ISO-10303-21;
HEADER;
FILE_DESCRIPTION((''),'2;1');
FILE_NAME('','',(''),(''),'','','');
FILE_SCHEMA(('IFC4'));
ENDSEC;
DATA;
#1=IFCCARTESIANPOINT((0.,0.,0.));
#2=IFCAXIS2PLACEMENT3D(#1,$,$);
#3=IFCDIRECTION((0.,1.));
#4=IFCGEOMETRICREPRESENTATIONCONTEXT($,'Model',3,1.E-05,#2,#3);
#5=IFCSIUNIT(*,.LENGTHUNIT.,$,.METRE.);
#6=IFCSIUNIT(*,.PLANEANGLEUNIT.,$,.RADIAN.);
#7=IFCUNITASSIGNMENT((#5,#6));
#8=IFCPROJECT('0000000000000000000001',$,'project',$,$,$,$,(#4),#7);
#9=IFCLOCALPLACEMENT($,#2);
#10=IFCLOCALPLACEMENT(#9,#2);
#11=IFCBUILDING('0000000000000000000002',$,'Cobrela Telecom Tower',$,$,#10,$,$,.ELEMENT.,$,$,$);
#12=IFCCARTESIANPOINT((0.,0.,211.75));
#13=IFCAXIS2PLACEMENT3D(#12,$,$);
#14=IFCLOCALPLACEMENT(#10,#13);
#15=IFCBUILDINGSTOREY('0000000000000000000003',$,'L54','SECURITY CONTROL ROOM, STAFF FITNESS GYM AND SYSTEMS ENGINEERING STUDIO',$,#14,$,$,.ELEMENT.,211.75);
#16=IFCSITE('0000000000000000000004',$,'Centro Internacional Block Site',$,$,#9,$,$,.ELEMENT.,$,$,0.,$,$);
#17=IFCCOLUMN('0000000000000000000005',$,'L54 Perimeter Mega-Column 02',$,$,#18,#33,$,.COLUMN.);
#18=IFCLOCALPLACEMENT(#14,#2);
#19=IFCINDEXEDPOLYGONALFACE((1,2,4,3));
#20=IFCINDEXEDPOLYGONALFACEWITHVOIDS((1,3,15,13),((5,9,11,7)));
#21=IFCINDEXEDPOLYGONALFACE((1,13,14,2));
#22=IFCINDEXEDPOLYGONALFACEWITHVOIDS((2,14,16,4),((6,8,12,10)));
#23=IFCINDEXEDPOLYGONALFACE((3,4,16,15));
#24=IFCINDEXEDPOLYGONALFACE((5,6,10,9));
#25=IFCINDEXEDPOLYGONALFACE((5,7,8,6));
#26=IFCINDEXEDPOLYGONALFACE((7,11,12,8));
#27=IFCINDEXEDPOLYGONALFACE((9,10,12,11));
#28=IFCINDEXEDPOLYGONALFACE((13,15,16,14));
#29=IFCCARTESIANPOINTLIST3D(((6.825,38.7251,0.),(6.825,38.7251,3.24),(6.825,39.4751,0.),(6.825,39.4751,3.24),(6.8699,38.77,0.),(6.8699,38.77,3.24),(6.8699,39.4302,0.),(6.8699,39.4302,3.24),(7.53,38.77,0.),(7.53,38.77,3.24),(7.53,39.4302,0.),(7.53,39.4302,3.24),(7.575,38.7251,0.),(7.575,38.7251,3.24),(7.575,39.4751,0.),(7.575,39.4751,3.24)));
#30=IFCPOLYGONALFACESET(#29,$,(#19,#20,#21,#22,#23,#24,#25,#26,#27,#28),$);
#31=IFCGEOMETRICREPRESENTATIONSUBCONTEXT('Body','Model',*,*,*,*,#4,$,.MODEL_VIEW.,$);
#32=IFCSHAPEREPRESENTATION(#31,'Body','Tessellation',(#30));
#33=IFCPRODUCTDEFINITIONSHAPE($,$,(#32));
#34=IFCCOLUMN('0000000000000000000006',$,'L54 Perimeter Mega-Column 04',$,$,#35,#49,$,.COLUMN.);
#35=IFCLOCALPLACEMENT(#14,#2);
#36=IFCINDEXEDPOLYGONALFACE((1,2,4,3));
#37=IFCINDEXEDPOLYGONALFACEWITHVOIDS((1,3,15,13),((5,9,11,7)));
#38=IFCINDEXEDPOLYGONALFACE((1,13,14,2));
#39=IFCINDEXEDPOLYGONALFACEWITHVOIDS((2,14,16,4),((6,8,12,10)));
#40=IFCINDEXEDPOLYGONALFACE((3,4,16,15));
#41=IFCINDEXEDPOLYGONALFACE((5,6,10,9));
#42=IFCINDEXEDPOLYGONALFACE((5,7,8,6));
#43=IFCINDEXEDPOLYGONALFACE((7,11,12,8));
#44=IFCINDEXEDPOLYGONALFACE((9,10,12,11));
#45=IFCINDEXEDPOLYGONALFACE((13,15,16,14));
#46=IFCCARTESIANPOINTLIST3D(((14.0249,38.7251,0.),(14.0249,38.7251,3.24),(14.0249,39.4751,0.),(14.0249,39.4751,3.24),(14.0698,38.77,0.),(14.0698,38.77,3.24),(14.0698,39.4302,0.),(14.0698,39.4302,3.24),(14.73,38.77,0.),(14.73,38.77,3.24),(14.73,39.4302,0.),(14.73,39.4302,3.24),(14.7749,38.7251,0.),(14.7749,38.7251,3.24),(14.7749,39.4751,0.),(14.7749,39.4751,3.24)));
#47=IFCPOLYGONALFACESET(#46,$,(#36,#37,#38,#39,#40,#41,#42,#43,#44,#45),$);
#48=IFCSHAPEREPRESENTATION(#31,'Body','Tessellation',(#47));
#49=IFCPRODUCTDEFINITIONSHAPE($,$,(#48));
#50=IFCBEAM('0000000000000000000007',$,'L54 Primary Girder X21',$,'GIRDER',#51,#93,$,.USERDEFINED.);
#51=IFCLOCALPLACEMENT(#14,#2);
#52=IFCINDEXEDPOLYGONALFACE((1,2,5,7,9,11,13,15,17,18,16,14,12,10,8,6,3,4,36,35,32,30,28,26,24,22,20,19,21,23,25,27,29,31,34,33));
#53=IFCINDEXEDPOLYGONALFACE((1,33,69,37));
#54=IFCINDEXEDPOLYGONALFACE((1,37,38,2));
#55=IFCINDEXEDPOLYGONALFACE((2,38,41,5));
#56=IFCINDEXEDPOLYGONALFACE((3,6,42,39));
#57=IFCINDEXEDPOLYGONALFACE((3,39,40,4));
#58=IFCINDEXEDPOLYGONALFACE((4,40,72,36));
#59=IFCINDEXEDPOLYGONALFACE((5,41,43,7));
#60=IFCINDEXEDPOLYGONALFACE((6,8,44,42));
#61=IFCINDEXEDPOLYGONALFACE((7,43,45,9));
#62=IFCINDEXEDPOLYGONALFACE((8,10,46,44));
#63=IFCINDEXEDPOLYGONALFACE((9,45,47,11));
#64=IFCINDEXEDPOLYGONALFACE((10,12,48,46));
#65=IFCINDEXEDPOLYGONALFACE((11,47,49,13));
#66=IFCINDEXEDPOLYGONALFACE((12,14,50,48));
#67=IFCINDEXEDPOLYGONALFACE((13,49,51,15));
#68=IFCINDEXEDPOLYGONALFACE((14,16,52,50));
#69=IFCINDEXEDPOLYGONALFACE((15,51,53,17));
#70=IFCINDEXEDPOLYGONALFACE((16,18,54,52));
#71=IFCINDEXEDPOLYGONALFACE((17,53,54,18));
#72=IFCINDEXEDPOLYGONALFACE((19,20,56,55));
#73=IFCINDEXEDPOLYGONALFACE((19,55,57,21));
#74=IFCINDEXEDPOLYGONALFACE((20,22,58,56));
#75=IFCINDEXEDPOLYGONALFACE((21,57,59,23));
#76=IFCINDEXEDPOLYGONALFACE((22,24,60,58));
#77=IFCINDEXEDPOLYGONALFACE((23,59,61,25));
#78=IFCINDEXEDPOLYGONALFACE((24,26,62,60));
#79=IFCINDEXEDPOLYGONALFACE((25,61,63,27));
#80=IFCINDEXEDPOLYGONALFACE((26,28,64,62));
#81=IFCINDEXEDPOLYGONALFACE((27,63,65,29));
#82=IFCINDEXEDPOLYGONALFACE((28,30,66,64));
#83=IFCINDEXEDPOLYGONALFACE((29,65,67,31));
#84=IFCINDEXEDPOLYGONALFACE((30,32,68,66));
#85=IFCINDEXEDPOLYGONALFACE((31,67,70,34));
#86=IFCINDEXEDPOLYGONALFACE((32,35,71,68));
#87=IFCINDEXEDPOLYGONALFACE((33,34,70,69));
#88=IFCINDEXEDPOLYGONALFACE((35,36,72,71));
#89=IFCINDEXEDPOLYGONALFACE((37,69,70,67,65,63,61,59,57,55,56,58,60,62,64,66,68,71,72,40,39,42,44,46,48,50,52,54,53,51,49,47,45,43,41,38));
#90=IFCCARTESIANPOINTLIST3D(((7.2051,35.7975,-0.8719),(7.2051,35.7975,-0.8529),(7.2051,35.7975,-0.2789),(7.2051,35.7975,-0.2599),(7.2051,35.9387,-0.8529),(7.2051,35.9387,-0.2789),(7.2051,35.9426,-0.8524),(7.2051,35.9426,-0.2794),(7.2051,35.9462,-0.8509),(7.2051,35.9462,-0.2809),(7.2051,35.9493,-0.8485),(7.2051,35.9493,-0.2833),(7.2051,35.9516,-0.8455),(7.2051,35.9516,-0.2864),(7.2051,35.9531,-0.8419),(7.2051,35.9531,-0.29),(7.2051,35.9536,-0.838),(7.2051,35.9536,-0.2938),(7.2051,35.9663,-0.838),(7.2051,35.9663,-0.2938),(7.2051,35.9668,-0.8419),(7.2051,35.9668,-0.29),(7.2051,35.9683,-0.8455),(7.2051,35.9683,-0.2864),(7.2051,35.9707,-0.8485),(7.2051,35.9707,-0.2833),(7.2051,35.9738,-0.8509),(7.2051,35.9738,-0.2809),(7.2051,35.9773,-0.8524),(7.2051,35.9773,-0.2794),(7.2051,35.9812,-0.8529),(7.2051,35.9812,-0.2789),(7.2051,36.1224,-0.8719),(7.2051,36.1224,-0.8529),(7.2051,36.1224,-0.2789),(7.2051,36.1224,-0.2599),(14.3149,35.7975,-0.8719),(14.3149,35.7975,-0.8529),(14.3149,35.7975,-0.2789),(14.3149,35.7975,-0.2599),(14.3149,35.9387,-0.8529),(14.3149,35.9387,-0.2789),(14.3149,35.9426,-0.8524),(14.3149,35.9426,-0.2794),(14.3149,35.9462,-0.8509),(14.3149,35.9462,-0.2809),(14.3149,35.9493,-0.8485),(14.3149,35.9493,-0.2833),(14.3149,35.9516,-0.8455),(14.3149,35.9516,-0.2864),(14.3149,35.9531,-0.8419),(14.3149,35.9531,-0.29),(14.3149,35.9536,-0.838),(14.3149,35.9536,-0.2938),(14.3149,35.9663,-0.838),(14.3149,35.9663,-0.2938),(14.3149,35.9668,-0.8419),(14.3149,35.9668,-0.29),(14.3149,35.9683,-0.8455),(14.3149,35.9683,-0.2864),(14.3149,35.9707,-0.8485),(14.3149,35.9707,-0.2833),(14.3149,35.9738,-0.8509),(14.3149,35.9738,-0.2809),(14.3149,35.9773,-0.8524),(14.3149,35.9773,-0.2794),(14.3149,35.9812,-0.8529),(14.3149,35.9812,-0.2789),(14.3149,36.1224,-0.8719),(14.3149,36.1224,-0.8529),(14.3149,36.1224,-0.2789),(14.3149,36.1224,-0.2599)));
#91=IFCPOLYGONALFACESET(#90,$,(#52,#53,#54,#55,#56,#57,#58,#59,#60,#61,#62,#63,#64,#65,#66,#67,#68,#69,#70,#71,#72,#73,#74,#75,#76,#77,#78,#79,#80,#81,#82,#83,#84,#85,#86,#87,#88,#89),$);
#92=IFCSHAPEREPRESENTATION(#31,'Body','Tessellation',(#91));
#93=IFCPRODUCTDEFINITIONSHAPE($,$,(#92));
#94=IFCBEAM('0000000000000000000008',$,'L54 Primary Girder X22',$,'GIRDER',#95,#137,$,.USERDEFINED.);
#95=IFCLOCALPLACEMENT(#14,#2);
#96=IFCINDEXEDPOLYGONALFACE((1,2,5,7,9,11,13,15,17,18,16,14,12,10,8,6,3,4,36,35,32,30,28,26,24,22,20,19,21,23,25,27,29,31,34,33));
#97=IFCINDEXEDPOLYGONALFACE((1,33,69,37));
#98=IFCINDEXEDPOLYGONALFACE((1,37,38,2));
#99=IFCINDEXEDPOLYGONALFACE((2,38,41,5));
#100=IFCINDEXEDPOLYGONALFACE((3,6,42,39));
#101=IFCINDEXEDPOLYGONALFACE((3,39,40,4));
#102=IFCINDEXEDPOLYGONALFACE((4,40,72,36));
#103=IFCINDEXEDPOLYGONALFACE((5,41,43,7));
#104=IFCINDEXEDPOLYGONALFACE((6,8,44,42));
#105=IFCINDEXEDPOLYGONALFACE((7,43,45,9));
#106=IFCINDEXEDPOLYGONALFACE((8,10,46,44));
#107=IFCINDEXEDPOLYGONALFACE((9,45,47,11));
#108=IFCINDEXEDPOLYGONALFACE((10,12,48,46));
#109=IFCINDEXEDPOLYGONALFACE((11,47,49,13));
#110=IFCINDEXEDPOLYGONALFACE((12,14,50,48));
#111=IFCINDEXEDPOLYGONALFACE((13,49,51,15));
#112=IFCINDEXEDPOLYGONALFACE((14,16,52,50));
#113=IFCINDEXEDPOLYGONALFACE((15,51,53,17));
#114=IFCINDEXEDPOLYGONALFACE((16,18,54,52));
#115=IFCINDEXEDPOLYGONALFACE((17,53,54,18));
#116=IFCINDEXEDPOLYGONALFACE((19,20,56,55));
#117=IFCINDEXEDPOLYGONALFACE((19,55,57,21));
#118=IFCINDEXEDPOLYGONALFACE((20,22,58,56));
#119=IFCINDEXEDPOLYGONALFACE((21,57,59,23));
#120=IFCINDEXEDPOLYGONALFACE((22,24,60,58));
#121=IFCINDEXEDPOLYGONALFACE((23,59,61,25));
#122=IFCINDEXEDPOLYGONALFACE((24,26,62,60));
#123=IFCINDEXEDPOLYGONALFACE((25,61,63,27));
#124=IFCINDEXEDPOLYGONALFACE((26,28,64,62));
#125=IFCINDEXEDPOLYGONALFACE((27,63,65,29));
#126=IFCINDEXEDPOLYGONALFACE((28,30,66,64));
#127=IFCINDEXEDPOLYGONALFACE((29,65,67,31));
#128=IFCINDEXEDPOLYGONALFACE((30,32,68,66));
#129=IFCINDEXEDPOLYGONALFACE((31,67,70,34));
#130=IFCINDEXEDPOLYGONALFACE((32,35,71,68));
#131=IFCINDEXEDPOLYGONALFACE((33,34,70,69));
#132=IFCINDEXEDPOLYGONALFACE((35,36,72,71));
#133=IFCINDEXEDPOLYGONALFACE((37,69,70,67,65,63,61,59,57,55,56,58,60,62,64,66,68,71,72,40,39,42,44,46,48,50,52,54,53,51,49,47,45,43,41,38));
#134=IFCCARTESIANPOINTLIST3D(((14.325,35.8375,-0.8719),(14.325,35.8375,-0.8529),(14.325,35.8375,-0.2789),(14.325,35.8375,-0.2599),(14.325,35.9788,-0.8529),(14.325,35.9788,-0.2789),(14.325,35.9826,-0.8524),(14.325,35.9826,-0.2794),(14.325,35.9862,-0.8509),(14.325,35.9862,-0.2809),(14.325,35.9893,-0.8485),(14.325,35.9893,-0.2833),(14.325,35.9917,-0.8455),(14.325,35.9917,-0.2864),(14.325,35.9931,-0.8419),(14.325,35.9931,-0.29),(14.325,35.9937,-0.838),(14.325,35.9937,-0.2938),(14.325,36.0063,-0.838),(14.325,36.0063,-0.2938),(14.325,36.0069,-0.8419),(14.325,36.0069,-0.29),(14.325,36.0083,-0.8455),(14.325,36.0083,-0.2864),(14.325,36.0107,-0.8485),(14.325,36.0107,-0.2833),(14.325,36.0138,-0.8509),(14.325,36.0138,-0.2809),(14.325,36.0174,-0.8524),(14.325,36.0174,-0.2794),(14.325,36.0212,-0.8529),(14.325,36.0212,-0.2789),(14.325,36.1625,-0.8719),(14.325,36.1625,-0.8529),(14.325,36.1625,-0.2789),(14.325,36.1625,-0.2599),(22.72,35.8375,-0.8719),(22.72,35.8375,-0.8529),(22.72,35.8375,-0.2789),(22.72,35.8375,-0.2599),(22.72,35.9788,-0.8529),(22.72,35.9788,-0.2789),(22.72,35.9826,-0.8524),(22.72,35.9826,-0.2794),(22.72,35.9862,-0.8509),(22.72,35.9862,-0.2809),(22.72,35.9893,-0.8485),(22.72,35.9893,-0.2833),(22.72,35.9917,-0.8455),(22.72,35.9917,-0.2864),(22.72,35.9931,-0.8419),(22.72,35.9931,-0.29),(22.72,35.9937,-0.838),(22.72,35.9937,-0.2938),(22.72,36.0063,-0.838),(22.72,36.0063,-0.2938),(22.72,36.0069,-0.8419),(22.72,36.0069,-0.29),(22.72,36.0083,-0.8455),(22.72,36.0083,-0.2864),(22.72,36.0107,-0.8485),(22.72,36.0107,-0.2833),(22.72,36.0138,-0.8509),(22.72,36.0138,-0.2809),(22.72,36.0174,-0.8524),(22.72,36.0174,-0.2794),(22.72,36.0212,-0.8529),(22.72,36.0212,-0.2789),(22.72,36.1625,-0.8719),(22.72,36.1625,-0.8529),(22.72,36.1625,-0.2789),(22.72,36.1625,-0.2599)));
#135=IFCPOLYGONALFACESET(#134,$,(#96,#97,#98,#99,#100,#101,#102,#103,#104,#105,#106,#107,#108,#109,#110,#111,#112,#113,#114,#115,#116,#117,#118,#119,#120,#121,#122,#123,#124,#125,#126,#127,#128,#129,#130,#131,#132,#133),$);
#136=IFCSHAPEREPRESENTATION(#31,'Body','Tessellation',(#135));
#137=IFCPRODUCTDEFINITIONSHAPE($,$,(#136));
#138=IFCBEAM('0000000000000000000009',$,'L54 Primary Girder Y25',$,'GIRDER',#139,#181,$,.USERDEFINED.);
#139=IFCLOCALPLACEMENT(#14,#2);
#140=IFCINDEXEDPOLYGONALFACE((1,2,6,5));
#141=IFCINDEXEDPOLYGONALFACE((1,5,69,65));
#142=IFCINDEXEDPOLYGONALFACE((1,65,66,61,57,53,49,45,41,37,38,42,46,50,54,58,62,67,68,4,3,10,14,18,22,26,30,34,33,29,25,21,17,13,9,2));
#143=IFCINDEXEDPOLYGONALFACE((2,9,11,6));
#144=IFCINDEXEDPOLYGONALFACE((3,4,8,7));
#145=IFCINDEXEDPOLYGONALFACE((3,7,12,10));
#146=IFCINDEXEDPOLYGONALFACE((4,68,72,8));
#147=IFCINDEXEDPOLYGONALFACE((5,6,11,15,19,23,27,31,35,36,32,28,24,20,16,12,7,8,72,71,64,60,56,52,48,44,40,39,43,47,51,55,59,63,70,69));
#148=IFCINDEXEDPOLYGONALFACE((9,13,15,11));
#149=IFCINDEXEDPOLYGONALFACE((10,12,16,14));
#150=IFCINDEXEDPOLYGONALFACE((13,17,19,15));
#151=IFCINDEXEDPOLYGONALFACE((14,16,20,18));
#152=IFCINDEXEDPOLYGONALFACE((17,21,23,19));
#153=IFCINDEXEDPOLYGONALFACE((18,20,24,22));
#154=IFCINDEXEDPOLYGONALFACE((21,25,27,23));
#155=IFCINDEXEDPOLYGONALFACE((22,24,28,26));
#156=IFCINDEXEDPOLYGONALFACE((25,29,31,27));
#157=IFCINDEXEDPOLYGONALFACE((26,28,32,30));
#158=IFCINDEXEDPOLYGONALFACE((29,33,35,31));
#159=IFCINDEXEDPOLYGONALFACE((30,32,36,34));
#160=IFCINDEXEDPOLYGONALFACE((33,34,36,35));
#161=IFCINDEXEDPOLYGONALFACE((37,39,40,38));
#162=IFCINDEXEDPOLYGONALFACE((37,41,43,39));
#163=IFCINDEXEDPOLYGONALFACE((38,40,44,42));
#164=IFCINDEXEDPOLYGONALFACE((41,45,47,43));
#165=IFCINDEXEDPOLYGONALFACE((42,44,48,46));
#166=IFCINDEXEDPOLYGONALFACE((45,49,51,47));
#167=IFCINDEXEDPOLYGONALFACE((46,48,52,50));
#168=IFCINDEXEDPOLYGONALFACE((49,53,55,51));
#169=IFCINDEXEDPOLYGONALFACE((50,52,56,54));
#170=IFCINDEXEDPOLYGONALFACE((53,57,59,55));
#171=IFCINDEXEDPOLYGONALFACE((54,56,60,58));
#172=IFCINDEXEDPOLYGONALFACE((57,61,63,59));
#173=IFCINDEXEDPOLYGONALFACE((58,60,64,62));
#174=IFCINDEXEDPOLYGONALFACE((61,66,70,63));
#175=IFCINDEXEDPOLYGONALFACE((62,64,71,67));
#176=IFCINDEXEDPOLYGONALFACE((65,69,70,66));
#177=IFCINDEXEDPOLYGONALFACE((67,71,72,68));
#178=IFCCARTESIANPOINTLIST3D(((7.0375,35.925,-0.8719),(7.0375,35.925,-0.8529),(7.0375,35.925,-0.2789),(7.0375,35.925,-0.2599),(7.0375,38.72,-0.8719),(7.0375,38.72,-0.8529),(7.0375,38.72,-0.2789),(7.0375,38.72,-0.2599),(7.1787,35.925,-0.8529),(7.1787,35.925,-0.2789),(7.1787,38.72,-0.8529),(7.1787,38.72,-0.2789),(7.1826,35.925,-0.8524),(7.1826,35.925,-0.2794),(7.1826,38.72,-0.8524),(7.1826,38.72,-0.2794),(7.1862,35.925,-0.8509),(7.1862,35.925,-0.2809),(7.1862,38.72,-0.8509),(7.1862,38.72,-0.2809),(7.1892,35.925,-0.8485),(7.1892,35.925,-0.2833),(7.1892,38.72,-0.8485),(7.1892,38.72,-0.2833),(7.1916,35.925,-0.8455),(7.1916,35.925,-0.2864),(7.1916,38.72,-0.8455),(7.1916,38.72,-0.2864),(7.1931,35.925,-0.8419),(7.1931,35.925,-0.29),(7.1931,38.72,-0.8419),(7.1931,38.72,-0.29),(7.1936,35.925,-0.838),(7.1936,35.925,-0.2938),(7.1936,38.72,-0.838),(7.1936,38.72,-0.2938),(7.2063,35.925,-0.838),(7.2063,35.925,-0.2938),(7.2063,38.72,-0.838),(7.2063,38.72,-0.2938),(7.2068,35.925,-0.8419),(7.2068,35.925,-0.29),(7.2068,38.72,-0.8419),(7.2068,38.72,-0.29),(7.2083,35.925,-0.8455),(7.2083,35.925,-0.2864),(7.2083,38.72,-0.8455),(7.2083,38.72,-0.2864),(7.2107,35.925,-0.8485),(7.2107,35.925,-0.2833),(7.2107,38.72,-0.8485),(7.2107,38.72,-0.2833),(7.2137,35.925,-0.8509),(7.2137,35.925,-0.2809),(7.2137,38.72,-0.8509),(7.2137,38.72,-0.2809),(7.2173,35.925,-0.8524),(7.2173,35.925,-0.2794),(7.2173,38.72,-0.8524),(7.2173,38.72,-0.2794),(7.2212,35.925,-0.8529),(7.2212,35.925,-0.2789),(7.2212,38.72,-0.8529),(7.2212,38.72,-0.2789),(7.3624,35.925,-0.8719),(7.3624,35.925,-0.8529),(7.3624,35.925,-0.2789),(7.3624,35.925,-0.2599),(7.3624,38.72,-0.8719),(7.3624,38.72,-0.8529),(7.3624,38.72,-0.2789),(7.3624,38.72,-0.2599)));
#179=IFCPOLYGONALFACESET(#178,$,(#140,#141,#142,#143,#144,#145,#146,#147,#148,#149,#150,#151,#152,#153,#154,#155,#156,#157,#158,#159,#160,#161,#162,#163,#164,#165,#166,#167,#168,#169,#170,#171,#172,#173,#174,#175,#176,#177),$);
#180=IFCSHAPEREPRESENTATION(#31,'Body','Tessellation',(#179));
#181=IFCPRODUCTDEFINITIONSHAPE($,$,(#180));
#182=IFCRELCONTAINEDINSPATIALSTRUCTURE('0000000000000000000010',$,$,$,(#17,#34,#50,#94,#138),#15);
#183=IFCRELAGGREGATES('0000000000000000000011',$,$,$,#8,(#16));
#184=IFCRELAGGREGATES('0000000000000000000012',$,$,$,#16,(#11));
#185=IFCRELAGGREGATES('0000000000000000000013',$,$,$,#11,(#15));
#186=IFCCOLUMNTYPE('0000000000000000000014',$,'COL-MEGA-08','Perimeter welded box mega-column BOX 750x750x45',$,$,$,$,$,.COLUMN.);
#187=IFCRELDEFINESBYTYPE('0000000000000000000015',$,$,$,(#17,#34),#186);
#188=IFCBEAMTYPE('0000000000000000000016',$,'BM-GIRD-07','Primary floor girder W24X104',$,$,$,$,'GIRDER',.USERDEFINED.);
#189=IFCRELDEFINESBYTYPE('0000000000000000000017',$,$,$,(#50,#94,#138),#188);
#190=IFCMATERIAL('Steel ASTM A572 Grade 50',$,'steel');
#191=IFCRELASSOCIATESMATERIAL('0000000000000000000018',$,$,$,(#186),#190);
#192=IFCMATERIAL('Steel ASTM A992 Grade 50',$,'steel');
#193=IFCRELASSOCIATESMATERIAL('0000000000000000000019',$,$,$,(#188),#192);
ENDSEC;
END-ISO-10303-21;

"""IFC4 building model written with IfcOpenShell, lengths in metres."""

from ifc_helpers import new_model, si_unit, direction, frame, origin, origin_2d, place, context, subcontext, project, spatial, hollow_rectangle, i_section, extrude, material, material_profile, profile_set, type_object, element, save


model = new_model("IFC4")

# Units and contexts
model_context = context("Model", 3, precision=1e-05, world=origin(), true_north=direction((0.0, 1.0)))
body_context = subcontext(model_context, "Body", "Model", "MODEL_VIEW")
ifc_project = project(units=[si_unit("LENGTHUNIT", "METRE"), si_unit("PLANEANGLEUNIT", "RADIAN")], contexts=[model_context])

# Site, building, storey
site_placement = place(None, origin())
site = spatial("IfcSite", under=ifc_project, at=site_placement, Name="Centro Internacional Block Site", CompositionType="ELEMENT", RefElevation=0.0)
building_placement = place(site_placement, origin())
building = spatial("IfcBuilding", under=site, at=building_placement, Name="Cobrela Telecom Tower", CompositionType="ELEMENT")
storey_placement = place(building_placement, frame((0.0, 0.0, 211.75)))
storey = spatial("IfcBuildingStorey", under=building, at=storey_placement, Name="L54", Description="SECURITY CONTROL ROOM, STAFF FITNESS GYM AND SYSTEMS ENGINEERING STUDIO", CompositionType="ELEMENT", Elevation=211.75)

# Columns
ifc_material_1 = material(Name="Steel ASTM A572 Grade 50", Category="steel")
ifc_material_profile_1 = material_profile(ifc_material_1, hollow_rectangle(XDim=0.75, YDim=0.75, WallThickness=0.0449, at=origin_2d()), Name="BOX 750x750x45")
ifc_profile_set_1 = profile_set([ifc_material_profile_1], Name="Steel ASTM A572 Grade 50")
column_type = type_object("IfcColumnType", Name="COL-MEGA-08", Description="Perimeter welded box mega-column BOX 750x750x45", PredefinedType="COLUMN", material=ifc_profile_set_1)
for number, where, z_axis, x_axis, name in (
    (1, (7.2, 39.1001, 0.0), (0.0, 0.0, 1.0), (1.0, 0.0, 0.0), "L54 Perimeter Mega-Column 02"),
    (2, (14.3999, 39.1001, 0.0), (0.0, 0.0, 1.0), (1.0, 0.0, 0.0), "L54 Perimeter Mega-Column 04"),
):
    element("IfcColumn", number, at=place(storey_placement, frame(where, z_axis=z_axis, x_axis=x_axis)), inside=storey, type_object=column_type, Name=name, PredefinedType="COLUMN", context=body_context, shape_type="SweptSolid", body=[
        extrude(hollow_rectangle(XDim=0.75, YDim=0.75, WallThickness=0.0449, at=origin_2d()), origin(), (0.0, 0.0, 1.0), 3.24),
    ])

# Beams
ifc_material_2 = material(Name="Steel ASTM A992 Grade 50", Category="steel")
ifc_material_profile_2 = material_profile(ifc_material_2, i_section(OverallWidth=0.325, OverallDepth=0.6121, WebThickness=0.0127, FlangeThickness=0.019, FilletRadius=0.0149, at=origin_2d()), Name="W24X104")
ifc_profile_set_2 = profile_set([ifc_material_profile_2], Name="Steel ASTM A992 Grade 50")
beam_type_1 = type_object("IfcBeamType", Name="BM-GIRD-07", Description="Primary floor girder W24X104", ElementType="GIRDER", PredefinedType="USERDEFINED", material=ifc_profile_set_2)
beam_1_placement = place(storey_placement, frame((7.2051, 35.96, -0.5659), z_axis=(1.0, 0.0, 0.0), x_axis=(0.0, 1.0, 0.0)))
element("IfcBeam", 3, at=beam_1_placement, inside=storey, type_object=beam_type_1, Name="L54 Primary Girder X21", ObjectType="GIRDER", PredefinedType="USERDEFINED", context=body_context, shape_type="SweptSolid", body=[
    extrude(i_section(OverallWidth=0.325, OverallDepth=0.6121, WebThickness=0.0127, FlangeThickness=0.019, FilletRadius=0.0149, at=origin_2d()), origin(), (0.0, 0.0, 1.0), 7.1099),
])
beam_2_placement = place(storey_placement, frame((14.325, 36.0, -0.5659), z_axis=(1.0, 0.0, 0.0), x_axis=(0.0, 1.0, 0.0)))
element("IfcBeam", 4, at=beam_2_placement, inside=storey, type_object=beam_type_1, Name="L54 Primary Girder X22", ObjectType="GIRDER", PredefinedType="USERDEFINED", context=body_context, shape_type="SweptSolid", body=[
    extrude(i_section(OverallWidth=0.325, OverallDepth=0.6121, WebThickness=0.0127, FlangeThickness=0.019, FilletRadius=0.0149, at=origin_2d()), origin(), (0.0, 0.0, 1.0), 8.395),
])
for number, where, z_axis, x_axis, name in (
    (5, (7.2, 35.925, -0.5659), (0.0, 1.0, 0.0), (-1.0, 0.0, 0.0), "L54 Primary Girder Y25"),
):
    element("IfcBeam", number, at=place(storey_placement, frame(where, z_axis=z_axis, x_axis=x_axis)), inside=storey, type_object=beam_type_1, Name=name, ObjectType="GIRDER", PredefinedType="USERDEFINED", context=body_context, shape_type="SweptSolid", body=[
        extrude(i_section(OverallWidth=0.325, OverallDepth=0.6121, WebThickness=0.0127, FlangeThickness=0.019, FilletRadius=0.0149, at=origin_2d()), origin(), (0.0, 0.0, 1.0), 2.7949),
    ])

save(model, "model.ifc")
